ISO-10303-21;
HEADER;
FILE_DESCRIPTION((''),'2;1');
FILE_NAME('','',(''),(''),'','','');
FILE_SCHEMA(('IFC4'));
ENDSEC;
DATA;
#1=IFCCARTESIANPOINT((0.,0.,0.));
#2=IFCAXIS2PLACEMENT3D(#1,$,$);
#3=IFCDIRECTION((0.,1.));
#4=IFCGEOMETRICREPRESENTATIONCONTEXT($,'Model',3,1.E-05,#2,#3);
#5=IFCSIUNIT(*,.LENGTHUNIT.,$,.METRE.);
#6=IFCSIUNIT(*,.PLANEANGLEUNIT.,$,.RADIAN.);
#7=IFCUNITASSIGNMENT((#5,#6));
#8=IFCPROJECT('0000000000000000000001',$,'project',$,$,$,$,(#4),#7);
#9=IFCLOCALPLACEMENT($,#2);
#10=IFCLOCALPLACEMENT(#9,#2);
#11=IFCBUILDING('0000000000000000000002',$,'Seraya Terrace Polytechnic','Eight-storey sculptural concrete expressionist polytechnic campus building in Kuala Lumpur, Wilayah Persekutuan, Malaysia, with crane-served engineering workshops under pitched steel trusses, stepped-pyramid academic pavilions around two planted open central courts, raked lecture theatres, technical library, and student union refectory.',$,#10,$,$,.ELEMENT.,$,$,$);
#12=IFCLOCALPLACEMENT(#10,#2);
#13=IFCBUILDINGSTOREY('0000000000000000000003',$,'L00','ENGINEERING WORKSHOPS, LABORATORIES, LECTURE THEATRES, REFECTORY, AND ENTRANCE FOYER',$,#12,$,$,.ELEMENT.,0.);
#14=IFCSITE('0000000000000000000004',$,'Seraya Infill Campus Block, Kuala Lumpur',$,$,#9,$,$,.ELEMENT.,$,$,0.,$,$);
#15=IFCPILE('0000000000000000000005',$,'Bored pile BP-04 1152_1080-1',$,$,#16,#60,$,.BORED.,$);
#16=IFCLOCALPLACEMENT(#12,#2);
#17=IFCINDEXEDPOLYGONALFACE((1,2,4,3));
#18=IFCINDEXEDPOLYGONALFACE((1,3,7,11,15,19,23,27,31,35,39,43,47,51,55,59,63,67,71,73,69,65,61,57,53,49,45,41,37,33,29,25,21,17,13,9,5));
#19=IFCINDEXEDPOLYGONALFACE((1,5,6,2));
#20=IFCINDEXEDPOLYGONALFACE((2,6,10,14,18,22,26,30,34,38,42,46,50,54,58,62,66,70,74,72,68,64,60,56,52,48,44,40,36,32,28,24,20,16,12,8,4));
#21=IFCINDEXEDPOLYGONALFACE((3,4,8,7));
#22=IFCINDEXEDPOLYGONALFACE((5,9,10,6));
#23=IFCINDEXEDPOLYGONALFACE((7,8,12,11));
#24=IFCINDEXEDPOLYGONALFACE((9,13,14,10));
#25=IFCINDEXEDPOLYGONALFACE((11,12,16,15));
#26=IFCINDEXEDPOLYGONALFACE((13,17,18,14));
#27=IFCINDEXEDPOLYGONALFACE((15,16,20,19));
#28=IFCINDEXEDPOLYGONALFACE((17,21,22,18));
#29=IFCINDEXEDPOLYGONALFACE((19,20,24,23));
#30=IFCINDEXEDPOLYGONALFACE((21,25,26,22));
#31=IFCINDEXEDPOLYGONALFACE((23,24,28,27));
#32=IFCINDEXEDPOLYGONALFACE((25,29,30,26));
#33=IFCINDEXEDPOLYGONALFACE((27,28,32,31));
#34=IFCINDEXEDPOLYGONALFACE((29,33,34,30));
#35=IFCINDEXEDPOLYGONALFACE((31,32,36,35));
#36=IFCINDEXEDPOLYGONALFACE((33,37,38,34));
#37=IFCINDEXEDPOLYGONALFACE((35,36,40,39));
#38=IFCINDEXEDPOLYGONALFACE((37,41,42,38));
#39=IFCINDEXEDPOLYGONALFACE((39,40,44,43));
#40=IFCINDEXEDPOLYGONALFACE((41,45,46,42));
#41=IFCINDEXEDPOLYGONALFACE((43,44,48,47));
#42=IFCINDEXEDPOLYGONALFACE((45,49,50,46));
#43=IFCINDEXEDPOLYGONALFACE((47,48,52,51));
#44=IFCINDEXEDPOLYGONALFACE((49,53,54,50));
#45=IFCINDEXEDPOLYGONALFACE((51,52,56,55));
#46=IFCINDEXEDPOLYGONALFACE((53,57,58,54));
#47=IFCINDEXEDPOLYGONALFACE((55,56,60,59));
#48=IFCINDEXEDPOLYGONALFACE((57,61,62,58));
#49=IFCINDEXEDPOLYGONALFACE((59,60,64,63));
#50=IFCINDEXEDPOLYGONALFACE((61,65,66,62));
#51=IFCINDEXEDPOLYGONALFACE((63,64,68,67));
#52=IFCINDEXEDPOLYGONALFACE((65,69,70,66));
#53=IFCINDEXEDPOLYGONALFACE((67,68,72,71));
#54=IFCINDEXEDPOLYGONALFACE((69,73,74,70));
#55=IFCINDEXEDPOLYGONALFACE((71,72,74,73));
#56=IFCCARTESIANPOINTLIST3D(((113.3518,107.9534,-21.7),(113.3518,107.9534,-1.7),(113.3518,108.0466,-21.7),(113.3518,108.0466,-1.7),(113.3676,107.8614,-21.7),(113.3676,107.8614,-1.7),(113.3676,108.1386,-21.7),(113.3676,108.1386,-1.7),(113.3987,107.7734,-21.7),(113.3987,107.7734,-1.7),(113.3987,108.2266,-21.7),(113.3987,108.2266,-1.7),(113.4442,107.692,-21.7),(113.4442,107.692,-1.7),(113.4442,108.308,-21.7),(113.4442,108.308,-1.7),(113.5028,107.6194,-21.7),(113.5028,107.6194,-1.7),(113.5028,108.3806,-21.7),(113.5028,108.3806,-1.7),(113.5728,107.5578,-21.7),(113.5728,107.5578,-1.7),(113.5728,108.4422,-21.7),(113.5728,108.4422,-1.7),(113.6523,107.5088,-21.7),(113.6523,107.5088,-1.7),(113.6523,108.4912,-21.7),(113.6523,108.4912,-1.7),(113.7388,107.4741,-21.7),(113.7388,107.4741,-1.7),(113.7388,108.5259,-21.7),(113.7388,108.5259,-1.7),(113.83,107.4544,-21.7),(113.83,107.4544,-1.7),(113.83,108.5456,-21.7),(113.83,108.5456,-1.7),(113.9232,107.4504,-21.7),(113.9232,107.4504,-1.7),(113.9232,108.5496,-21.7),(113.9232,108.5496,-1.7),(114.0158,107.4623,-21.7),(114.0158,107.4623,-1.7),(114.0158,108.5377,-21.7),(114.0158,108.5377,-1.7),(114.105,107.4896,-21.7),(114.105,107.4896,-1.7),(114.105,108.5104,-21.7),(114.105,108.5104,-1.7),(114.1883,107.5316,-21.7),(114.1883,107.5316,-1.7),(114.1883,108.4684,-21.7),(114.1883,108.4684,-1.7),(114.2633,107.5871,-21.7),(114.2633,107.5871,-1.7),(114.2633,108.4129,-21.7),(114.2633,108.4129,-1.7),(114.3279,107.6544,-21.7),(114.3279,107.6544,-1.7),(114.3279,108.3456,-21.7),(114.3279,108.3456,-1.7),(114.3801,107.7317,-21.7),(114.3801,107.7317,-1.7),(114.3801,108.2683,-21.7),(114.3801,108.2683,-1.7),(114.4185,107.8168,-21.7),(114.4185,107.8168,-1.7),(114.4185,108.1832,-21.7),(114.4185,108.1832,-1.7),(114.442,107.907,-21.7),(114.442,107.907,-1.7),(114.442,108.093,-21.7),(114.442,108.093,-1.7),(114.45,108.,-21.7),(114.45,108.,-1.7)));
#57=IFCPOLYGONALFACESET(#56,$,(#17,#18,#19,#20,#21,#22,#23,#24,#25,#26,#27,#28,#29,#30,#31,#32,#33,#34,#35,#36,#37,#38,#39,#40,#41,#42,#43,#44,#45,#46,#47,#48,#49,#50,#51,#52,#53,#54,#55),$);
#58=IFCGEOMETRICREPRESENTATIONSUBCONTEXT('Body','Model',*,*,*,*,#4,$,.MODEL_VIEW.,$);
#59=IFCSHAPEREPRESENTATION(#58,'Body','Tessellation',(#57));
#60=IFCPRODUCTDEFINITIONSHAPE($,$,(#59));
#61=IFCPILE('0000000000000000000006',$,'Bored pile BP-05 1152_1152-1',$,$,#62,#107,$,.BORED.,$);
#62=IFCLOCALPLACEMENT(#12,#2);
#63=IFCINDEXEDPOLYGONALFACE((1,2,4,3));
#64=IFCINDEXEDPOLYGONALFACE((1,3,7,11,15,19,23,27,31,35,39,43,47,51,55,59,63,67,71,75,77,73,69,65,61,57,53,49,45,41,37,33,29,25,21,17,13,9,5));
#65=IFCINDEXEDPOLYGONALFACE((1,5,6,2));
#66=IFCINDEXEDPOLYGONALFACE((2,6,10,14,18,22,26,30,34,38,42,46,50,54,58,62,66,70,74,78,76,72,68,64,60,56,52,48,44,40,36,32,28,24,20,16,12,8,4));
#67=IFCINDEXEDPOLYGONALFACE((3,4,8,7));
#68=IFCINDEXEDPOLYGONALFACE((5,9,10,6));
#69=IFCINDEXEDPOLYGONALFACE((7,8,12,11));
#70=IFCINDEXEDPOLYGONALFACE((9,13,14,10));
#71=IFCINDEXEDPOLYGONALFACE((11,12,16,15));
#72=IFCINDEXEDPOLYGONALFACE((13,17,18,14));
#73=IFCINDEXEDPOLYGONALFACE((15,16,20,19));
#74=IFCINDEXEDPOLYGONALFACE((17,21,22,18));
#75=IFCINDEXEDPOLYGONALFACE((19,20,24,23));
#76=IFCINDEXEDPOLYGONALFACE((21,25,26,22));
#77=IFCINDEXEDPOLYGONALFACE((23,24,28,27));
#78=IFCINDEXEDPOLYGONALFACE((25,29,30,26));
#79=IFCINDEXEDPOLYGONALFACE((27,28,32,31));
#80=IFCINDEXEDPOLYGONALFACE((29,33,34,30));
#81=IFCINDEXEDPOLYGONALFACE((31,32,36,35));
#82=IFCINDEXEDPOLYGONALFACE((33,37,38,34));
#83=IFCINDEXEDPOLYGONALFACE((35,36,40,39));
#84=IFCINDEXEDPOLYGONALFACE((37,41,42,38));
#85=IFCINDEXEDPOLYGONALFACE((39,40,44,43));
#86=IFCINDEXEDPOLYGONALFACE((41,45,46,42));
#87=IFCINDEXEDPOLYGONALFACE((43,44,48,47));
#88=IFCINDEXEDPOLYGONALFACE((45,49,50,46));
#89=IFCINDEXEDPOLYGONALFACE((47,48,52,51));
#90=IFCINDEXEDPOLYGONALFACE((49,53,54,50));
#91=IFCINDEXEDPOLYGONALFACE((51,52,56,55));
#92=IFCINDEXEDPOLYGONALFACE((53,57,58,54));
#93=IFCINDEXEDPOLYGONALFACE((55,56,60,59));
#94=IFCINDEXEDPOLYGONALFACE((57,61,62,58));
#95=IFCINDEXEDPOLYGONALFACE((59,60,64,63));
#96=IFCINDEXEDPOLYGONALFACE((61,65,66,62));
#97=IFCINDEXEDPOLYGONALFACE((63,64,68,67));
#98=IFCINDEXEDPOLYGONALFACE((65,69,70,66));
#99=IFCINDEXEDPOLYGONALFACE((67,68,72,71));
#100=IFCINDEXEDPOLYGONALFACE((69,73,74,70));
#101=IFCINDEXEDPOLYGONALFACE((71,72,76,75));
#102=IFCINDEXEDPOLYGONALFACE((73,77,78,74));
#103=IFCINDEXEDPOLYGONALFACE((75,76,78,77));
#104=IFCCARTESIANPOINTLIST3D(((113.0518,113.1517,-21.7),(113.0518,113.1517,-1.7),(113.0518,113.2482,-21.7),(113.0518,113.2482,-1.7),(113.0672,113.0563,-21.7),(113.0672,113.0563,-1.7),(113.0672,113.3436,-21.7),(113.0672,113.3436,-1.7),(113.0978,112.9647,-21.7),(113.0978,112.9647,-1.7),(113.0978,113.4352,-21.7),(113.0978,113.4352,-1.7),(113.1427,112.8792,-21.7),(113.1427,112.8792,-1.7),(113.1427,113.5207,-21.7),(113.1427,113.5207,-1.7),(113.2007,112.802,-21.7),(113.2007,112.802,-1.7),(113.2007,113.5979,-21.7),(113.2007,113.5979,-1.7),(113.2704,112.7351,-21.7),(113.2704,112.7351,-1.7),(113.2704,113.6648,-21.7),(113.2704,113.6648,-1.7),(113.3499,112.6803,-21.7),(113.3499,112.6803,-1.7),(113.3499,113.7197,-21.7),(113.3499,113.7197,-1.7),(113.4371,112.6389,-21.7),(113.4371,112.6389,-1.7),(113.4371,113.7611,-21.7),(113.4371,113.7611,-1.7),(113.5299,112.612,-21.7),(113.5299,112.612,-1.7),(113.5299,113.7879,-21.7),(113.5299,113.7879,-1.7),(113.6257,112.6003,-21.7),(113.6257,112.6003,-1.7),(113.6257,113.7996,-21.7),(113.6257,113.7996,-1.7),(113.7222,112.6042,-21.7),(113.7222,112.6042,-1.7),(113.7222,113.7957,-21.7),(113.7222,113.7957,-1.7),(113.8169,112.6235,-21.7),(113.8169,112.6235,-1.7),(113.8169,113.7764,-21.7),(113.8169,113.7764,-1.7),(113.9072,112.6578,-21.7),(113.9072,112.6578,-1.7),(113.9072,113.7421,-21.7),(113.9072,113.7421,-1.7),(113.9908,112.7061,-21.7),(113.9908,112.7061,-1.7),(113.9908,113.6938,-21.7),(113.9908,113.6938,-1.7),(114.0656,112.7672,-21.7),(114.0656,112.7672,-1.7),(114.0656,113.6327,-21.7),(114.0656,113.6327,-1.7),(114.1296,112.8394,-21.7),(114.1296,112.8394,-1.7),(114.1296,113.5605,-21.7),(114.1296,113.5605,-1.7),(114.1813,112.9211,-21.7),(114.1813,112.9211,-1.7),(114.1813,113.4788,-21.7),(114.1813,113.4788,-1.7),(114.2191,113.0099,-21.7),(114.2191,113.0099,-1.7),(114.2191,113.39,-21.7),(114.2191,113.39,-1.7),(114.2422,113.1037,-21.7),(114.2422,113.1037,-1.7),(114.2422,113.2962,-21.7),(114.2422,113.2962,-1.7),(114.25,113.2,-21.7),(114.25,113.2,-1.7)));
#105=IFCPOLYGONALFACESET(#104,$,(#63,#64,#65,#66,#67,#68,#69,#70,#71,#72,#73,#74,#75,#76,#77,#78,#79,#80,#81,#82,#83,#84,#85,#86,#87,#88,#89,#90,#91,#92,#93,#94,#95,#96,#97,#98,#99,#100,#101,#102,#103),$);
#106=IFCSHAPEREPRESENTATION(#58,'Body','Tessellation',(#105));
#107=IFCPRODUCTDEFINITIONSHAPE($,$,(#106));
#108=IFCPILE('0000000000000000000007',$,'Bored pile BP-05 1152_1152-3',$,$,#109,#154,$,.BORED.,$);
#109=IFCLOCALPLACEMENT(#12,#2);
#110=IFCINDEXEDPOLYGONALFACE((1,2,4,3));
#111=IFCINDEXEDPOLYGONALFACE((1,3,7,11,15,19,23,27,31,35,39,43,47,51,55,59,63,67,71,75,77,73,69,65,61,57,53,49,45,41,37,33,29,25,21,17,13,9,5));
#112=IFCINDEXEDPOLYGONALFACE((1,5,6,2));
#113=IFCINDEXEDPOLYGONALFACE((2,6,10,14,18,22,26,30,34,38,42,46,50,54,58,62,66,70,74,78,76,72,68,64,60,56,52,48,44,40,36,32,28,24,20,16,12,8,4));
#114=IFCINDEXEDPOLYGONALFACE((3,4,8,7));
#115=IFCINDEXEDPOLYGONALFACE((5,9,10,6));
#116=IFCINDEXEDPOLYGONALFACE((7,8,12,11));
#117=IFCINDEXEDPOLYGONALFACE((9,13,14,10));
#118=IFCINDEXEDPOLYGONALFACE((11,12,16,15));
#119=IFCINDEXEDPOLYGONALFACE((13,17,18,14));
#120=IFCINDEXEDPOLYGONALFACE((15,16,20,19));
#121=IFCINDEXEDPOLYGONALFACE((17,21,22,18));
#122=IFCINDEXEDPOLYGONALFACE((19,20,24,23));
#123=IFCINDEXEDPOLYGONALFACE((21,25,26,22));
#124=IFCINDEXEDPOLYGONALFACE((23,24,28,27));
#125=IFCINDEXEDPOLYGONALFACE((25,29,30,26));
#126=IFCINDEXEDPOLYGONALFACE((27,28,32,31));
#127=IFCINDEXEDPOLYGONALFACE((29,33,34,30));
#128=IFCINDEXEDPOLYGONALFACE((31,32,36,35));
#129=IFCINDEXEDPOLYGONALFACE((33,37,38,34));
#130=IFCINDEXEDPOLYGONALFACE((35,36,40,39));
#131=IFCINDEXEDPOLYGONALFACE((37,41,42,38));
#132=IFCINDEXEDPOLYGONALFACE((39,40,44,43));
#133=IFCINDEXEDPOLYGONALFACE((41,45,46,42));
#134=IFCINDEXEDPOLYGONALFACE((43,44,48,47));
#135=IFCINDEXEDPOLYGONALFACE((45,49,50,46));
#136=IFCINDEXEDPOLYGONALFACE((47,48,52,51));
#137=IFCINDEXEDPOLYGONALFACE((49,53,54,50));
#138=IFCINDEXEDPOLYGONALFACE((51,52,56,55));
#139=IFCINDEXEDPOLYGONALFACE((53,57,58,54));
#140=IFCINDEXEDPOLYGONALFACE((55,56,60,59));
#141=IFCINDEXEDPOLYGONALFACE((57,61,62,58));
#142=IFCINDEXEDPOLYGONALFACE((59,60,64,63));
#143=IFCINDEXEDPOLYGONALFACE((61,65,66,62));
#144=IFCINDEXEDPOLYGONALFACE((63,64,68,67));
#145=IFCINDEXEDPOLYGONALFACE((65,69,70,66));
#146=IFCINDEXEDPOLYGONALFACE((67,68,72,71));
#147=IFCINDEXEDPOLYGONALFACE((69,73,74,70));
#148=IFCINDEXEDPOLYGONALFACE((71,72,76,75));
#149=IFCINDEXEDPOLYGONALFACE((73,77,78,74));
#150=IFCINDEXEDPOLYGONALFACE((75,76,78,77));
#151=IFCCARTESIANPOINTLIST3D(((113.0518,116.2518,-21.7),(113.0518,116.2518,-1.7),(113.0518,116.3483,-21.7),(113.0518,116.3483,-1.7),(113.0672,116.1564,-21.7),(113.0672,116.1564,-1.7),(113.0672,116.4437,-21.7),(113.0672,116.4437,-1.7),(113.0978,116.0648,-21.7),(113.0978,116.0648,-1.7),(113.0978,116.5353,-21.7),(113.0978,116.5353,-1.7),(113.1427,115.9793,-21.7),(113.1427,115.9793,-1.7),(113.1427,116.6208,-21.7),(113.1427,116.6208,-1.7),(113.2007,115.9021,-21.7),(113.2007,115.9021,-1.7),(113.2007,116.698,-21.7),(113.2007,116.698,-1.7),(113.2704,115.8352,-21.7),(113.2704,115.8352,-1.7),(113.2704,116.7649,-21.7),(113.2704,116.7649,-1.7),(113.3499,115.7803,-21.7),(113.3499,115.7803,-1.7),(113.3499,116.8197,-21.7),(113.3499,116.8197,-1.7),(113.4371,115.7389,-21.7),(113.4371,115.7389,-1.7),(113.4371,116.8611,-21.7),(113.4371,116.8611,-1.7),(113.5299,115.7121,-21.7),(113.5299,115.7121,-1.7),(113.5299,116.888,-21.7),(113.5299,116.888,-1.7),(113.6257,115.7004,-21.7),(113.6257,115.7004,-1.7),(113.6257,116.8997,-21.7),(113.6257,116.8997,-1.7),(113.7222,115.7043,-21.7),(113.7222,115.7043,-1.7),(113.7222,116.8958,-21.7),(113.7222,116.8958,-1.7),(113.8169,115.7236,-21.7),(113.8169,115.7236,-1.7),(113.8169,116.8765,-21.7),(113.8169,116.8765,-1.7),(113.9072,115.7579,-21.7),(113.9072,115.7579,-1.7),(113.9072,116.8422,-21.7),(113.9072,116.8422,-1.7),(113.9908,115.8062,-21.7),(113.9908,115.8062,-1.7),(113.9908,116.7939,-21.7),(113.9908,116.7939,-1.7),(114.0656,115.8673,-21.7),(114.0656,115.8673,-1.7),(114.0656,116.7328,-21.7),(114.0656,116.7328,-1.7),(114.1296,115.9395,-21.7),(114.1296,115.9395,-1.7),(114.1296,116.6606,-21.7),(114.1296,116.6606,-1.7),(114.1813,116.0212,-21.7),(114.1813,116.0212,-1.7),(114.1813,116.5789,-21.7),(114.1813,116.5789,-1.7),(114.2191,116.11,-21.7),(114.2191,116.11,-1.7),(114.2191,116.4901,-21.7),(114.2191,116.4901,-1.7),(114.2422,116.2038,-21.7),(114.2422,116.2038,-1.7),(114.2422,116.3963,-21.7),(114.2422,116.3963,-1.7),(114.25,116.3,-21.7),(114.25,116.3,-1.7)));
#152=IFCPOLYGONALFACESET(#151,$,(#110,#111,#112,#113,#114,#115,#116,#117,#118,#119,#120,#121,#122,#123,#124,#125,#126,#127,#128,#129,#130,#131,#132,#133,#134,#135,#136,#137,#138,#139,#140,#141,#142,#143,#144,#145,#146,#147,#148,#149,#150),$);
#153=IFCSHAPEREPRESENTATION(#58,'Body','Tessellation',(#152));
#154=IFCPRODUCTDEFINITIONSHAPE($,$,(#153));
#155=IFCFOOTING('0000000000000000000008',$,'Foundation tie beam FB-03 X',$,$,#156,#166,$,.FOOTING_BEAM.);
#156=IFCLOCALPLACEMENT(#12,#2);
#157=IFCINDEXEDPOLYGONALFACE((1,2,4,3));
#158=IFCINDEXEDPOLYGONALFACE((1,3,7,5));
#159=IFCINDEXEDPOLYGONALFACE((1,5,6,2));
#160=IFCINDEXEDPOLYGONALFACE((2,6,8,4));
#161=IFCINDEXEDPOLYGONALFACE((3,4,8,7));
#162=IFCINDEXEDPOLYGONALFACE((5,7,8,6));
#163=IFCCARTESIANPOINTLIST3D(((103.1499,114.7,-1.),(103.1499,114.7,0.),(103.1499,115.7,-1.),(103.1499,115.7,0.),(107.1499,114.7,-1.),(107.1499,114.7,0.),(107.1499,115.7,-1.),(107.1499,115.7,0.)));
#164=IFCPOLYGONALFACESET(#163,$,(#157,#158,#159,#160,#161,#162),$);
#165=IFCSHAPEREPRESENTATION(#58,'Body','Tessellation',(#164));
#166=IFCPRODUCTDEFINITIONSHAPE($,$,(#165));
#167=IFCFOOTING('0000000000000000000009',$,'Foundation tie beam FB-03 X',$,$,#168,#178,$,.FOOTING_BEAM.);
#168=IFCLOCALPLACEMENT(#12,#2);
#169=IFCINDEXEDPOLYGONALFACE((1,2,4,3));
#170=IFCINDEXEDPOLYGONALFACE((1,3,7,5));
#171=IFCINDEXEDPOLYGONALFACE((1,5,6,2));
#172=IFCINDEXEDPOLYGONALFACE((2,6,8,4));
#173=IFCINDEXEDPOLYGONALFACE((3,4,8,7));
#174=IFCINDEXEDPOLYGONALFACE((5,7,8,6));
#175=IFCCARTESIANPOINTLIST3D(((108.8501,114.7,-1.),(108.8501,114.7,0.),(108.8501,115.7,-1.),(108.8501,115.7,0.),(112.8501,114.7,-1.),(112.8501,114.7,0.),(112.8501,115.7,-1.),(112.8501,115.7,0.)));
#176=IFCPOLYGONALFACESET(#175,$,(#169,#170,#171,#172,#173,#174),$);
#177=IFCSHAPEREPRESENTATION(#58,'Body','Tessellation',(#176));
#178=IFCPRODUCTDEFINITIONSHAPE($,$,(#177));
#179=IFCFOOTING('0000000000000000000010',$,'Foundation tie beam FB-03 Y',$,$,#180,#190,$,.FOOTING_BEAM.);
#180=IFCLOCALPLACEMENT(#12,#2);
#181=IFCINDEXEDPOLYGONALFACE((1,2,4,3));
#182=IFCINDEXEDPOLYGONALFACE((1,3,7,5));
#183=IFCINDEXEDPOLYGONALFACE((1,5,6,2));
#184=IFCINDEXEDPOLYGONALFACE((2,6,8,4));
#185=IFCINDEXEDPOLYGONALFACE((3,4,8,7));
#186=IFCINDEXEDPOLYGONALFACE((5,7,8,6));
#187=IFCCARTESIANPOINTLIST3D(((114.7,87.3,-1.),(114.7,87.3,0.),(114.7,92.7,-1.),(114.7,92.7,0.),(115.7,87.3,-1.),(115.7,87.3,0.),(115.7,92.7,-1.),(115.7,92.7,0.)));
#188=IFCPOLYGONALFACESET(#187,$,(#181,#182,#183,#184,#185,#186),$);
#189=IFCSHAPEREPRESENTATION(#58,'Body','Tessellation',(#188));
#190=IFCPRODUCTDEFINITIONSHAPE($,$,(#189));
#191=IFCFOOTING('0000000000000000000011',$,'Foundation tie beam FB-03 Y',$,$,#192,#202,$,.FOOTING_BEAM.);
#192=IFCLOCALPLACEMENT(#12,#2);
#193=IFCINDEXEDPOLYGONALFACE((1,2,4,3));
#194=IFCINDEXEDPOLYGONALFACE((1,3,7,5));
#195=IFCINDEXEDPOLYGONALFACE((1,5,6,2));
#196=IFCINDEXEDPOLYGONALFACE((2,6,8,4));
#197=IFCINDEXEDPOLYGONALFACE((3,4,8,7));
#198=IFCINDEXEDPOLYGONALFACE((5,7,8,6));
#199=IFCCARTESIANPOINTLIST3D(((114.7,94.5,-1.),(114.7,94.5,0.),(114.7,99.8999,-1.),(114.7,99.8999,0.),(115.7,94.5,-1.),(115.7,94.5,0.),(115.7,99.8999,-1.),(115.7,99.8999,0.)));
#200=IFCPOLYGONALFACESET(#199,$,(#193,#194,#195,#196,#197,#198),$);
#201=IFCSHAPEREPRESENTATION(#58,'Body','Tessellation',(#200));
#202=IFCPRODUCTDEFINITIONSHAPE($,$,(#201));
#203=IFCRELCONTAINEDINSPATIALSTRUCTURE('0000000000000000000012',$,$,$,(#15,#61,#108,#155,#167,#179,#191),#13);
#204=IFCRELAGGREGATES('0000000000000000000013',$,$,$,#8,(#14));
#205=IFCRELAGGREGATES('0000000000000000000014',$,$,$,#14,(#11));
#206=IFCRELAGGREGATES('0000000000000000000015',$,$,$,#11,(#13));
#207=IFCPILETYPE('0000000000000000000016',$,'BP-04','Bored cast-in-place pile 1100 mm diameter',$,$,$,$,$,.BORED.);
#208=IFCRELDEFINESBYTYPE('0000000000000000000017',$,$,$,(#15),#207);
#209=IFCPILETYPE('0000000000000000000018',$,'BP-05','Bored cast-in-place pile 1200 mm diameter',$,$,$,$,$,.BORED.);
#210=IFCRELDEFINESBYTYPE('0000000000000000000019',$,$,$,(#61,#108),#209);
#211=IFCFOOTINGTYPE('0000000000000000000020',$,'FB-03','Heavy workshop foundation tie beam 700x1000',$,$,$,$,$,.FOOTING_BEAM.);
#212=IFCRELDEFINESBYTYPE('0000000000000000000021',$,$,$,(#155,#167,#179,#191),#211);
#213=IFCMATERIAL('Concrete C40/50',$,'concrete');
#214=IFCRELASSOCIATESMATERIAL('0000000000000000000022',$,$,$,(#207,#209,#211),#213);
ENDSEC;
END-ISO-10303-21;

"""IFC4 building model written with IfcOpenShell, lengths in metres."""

from ifc_helpers import new_model, si_unit, direction, frame, origin, origin_2d, place, context, subcontext, project, spatial, rectangle, circle, extrude, material, material_profile, profile_set, type_object, element, save


model = new_model("IFC4")

# Units and contexts
model_context = context("Model", 3, precision=1e-05, world=origin(), true_north=direction((0.0, 1.0)))
body_context = subcontext(model_context, "Body", "Model", "MODEL_VIEW")
ifc_project = project(units=[si_unit("LENGTHUNIT", "METRE"), si_unit("PLANEANGLEUNIT", "RADIAN")], contexts=[model_context])

# Site, building, storey
site_placement = place(None, origin())
site = spatial("IfcSite", under=ifc_project, at=site_placement, Name="Seraya Infill Campus Block, Kuala Lumpur", CompositionType="ELEMENT", RefElevation=0.0)
building_placement = place(site_placement, origin())
building = spatial("IfcBuilding", under=site, at=building_placement, Name="Seraya Terrace Polytechnic", Description="Eight-storey sculptural concrete expressionist polytechnic campus building in Kuala Lumpur, Wilayah Persekutuan, Malaysia, with crane-served engineering workshops under pitched steel trusses, stepped-pyramid academic pavilions around two planted open central courts, raked lecture theatres, technical library, and student union refectory.", CompositionType="ELEMENT")
storey_placement = place(building_placement, origin())
storey = spatial("IfcBuildingStorey", under=building, at=storey_placement, Name="L00", Description="ENGINEERING WORKSHOPS, LABORATORIES, LECTURE THEATRES, REFECTORY, AND ENTRANCE FOYER", CompositionType="ELEMENT", Elevation=0.0)

# Piles
ifc_material_1 = material(Name="Concrete C40/50", Category="concrete")
ifc_material_profile_1 = material_profile(ifc_material_1, circle(Radius=0.55, at=origin_2d()), Name="DIA 1100")
ifc_profile_set_1 = profile_set([ifc_material_profile_1], Name="Concrete C40/50")
pile_type_1 = type_object("IfcPileType", Name="BP-04", Description="Bored cast-in-place pile 1100 mm diameter", PredefinedType="BORED", material=ifc_profile_set_1)
for number, where, z_axis, x_axis, name in (
    (1, (113.8999, 108.0, -1.7), (0.0, 0.0, -1.0), (1.0, 0.0, 0.0), "Bored pile BP-04 1152_1080-1"),
):
    element("IfcPile", number, at=place(storey_placement, frame(where, z_axis=z_axis, x_axis=x_axis)), inside=storey, type_object=pile_type_1, Name=name, PredefinedType="BORED", context=body_context, shape_type="SweptSolid", body=[
        extrude(circle(Radius=0.55, at=origin_2d()), origin(), (0.0, 0.0, 1.0), 20.0),
    ])
ifc_material_profile_2 = material_profile(ifc_material_1, circle(Radius=0.6001, at=origin_2d()), Name="DIA 1200")
ifc_profile_set_2 = profile_set([ifc_material_profile_2], Name="Concrete C40/50")
pile_type_2 = type_object("IfcPileType", Name="BP-05", Description="Bored cast-in-place pile 1200 mm diameter", PredefinedType="BORED", material=ifc_profile_set_2)
for number, where, z_axis, x_axis, name in (
    (2, (113.6499, 113.2, -1.7), (0.0, 0.0, -1.0), (1.0, 0.0, 0.0), "Bored pile BP-05 1152_1152-1"),
    (3, (113.6499, 116.3, -1.7), (0.0, 0.0, -1.0), (1.0, 0.0, 0.0), "Bored pile BP-05 1152_1152-3"),
):
    element("IfcPile", number, at=place(storey_placement, frame(where, z_axis=z_axis, x_axis=x_axis)), inside=storey, type_object=pile_type_2, Name=name, PredefinedType="BORED", context=body_context, shape_type="SweptSolid", body=[
        extrude(circle(Radius=0.6001, at=origin_2d()), origin(), (0.0, 0.0, 1.0), 20.0),
    ])

# Footings
footing_type_1 = type_object("IfcFootingType", Name="FB-03", Description="Heavy workshop foundation tie beam 700x1000", PredefinedType="FOOTING_BEAM", material=ifc_material_1)
for number, where, z_axis, x_axis, name in (
    (4, (105.1499, 115.2, -1.0), (0.0, 0.0, 1.0), (1.0, 0.0, 0.0), "Foundation tie beam FB-03 X"),
    (5, (110.8501, 115.2, -1.0), (0.0, 0.0, 1.0), (1.0, 0.0, 0.0), "Foundation tie beam FB-03 X"),
):
    element("IfcFooting", number, at=place(storey_placement, frame(where, z_axis=z_axis, x_axis=x_axis)), inside=storey, type_object=footing_type_1, Name=name, PredefinedType="FOOTING_BEAM", context=body_context, shape_type="SweptSolid", body=[
        extrude(rectangle(XDim=4.0, YDim=1.0, at=origin_2d()), origin(), (0.0, 0.0, 1.0), 1.0),
    ])
for number, where, z_axis, x_axis, name in (
    (6, (115.2, 90.0, -1.0), (0.0, 0.0, 1.0), (0.0, 1.0, 0.0), "Foundation tie beam FB-03 Y"),
    (7, (115.2, 97.2, -1.0), (0.0, 0.0, 1.0), (0.0, 1.0, 0.0), "Foundation tie beam FB-03 Y"),
):
    element("IfcFooting", number, at=place(storey_placement, frame(where, z_axis=z_axis, x_axis=x_axis)), inside=storey, type_object=footing_type_1, Name=name, PredefinedType="FOOTING_BEAM", context=body_context, shape_type="SweptSolid", body=[
        extrude(rectangle(XDim=5.3999, YDim=1.0, at=origin_2d()), origin(), (0.0, 0.0, 1.0), 1.0),
    ])

save(model, "model.ifc")
